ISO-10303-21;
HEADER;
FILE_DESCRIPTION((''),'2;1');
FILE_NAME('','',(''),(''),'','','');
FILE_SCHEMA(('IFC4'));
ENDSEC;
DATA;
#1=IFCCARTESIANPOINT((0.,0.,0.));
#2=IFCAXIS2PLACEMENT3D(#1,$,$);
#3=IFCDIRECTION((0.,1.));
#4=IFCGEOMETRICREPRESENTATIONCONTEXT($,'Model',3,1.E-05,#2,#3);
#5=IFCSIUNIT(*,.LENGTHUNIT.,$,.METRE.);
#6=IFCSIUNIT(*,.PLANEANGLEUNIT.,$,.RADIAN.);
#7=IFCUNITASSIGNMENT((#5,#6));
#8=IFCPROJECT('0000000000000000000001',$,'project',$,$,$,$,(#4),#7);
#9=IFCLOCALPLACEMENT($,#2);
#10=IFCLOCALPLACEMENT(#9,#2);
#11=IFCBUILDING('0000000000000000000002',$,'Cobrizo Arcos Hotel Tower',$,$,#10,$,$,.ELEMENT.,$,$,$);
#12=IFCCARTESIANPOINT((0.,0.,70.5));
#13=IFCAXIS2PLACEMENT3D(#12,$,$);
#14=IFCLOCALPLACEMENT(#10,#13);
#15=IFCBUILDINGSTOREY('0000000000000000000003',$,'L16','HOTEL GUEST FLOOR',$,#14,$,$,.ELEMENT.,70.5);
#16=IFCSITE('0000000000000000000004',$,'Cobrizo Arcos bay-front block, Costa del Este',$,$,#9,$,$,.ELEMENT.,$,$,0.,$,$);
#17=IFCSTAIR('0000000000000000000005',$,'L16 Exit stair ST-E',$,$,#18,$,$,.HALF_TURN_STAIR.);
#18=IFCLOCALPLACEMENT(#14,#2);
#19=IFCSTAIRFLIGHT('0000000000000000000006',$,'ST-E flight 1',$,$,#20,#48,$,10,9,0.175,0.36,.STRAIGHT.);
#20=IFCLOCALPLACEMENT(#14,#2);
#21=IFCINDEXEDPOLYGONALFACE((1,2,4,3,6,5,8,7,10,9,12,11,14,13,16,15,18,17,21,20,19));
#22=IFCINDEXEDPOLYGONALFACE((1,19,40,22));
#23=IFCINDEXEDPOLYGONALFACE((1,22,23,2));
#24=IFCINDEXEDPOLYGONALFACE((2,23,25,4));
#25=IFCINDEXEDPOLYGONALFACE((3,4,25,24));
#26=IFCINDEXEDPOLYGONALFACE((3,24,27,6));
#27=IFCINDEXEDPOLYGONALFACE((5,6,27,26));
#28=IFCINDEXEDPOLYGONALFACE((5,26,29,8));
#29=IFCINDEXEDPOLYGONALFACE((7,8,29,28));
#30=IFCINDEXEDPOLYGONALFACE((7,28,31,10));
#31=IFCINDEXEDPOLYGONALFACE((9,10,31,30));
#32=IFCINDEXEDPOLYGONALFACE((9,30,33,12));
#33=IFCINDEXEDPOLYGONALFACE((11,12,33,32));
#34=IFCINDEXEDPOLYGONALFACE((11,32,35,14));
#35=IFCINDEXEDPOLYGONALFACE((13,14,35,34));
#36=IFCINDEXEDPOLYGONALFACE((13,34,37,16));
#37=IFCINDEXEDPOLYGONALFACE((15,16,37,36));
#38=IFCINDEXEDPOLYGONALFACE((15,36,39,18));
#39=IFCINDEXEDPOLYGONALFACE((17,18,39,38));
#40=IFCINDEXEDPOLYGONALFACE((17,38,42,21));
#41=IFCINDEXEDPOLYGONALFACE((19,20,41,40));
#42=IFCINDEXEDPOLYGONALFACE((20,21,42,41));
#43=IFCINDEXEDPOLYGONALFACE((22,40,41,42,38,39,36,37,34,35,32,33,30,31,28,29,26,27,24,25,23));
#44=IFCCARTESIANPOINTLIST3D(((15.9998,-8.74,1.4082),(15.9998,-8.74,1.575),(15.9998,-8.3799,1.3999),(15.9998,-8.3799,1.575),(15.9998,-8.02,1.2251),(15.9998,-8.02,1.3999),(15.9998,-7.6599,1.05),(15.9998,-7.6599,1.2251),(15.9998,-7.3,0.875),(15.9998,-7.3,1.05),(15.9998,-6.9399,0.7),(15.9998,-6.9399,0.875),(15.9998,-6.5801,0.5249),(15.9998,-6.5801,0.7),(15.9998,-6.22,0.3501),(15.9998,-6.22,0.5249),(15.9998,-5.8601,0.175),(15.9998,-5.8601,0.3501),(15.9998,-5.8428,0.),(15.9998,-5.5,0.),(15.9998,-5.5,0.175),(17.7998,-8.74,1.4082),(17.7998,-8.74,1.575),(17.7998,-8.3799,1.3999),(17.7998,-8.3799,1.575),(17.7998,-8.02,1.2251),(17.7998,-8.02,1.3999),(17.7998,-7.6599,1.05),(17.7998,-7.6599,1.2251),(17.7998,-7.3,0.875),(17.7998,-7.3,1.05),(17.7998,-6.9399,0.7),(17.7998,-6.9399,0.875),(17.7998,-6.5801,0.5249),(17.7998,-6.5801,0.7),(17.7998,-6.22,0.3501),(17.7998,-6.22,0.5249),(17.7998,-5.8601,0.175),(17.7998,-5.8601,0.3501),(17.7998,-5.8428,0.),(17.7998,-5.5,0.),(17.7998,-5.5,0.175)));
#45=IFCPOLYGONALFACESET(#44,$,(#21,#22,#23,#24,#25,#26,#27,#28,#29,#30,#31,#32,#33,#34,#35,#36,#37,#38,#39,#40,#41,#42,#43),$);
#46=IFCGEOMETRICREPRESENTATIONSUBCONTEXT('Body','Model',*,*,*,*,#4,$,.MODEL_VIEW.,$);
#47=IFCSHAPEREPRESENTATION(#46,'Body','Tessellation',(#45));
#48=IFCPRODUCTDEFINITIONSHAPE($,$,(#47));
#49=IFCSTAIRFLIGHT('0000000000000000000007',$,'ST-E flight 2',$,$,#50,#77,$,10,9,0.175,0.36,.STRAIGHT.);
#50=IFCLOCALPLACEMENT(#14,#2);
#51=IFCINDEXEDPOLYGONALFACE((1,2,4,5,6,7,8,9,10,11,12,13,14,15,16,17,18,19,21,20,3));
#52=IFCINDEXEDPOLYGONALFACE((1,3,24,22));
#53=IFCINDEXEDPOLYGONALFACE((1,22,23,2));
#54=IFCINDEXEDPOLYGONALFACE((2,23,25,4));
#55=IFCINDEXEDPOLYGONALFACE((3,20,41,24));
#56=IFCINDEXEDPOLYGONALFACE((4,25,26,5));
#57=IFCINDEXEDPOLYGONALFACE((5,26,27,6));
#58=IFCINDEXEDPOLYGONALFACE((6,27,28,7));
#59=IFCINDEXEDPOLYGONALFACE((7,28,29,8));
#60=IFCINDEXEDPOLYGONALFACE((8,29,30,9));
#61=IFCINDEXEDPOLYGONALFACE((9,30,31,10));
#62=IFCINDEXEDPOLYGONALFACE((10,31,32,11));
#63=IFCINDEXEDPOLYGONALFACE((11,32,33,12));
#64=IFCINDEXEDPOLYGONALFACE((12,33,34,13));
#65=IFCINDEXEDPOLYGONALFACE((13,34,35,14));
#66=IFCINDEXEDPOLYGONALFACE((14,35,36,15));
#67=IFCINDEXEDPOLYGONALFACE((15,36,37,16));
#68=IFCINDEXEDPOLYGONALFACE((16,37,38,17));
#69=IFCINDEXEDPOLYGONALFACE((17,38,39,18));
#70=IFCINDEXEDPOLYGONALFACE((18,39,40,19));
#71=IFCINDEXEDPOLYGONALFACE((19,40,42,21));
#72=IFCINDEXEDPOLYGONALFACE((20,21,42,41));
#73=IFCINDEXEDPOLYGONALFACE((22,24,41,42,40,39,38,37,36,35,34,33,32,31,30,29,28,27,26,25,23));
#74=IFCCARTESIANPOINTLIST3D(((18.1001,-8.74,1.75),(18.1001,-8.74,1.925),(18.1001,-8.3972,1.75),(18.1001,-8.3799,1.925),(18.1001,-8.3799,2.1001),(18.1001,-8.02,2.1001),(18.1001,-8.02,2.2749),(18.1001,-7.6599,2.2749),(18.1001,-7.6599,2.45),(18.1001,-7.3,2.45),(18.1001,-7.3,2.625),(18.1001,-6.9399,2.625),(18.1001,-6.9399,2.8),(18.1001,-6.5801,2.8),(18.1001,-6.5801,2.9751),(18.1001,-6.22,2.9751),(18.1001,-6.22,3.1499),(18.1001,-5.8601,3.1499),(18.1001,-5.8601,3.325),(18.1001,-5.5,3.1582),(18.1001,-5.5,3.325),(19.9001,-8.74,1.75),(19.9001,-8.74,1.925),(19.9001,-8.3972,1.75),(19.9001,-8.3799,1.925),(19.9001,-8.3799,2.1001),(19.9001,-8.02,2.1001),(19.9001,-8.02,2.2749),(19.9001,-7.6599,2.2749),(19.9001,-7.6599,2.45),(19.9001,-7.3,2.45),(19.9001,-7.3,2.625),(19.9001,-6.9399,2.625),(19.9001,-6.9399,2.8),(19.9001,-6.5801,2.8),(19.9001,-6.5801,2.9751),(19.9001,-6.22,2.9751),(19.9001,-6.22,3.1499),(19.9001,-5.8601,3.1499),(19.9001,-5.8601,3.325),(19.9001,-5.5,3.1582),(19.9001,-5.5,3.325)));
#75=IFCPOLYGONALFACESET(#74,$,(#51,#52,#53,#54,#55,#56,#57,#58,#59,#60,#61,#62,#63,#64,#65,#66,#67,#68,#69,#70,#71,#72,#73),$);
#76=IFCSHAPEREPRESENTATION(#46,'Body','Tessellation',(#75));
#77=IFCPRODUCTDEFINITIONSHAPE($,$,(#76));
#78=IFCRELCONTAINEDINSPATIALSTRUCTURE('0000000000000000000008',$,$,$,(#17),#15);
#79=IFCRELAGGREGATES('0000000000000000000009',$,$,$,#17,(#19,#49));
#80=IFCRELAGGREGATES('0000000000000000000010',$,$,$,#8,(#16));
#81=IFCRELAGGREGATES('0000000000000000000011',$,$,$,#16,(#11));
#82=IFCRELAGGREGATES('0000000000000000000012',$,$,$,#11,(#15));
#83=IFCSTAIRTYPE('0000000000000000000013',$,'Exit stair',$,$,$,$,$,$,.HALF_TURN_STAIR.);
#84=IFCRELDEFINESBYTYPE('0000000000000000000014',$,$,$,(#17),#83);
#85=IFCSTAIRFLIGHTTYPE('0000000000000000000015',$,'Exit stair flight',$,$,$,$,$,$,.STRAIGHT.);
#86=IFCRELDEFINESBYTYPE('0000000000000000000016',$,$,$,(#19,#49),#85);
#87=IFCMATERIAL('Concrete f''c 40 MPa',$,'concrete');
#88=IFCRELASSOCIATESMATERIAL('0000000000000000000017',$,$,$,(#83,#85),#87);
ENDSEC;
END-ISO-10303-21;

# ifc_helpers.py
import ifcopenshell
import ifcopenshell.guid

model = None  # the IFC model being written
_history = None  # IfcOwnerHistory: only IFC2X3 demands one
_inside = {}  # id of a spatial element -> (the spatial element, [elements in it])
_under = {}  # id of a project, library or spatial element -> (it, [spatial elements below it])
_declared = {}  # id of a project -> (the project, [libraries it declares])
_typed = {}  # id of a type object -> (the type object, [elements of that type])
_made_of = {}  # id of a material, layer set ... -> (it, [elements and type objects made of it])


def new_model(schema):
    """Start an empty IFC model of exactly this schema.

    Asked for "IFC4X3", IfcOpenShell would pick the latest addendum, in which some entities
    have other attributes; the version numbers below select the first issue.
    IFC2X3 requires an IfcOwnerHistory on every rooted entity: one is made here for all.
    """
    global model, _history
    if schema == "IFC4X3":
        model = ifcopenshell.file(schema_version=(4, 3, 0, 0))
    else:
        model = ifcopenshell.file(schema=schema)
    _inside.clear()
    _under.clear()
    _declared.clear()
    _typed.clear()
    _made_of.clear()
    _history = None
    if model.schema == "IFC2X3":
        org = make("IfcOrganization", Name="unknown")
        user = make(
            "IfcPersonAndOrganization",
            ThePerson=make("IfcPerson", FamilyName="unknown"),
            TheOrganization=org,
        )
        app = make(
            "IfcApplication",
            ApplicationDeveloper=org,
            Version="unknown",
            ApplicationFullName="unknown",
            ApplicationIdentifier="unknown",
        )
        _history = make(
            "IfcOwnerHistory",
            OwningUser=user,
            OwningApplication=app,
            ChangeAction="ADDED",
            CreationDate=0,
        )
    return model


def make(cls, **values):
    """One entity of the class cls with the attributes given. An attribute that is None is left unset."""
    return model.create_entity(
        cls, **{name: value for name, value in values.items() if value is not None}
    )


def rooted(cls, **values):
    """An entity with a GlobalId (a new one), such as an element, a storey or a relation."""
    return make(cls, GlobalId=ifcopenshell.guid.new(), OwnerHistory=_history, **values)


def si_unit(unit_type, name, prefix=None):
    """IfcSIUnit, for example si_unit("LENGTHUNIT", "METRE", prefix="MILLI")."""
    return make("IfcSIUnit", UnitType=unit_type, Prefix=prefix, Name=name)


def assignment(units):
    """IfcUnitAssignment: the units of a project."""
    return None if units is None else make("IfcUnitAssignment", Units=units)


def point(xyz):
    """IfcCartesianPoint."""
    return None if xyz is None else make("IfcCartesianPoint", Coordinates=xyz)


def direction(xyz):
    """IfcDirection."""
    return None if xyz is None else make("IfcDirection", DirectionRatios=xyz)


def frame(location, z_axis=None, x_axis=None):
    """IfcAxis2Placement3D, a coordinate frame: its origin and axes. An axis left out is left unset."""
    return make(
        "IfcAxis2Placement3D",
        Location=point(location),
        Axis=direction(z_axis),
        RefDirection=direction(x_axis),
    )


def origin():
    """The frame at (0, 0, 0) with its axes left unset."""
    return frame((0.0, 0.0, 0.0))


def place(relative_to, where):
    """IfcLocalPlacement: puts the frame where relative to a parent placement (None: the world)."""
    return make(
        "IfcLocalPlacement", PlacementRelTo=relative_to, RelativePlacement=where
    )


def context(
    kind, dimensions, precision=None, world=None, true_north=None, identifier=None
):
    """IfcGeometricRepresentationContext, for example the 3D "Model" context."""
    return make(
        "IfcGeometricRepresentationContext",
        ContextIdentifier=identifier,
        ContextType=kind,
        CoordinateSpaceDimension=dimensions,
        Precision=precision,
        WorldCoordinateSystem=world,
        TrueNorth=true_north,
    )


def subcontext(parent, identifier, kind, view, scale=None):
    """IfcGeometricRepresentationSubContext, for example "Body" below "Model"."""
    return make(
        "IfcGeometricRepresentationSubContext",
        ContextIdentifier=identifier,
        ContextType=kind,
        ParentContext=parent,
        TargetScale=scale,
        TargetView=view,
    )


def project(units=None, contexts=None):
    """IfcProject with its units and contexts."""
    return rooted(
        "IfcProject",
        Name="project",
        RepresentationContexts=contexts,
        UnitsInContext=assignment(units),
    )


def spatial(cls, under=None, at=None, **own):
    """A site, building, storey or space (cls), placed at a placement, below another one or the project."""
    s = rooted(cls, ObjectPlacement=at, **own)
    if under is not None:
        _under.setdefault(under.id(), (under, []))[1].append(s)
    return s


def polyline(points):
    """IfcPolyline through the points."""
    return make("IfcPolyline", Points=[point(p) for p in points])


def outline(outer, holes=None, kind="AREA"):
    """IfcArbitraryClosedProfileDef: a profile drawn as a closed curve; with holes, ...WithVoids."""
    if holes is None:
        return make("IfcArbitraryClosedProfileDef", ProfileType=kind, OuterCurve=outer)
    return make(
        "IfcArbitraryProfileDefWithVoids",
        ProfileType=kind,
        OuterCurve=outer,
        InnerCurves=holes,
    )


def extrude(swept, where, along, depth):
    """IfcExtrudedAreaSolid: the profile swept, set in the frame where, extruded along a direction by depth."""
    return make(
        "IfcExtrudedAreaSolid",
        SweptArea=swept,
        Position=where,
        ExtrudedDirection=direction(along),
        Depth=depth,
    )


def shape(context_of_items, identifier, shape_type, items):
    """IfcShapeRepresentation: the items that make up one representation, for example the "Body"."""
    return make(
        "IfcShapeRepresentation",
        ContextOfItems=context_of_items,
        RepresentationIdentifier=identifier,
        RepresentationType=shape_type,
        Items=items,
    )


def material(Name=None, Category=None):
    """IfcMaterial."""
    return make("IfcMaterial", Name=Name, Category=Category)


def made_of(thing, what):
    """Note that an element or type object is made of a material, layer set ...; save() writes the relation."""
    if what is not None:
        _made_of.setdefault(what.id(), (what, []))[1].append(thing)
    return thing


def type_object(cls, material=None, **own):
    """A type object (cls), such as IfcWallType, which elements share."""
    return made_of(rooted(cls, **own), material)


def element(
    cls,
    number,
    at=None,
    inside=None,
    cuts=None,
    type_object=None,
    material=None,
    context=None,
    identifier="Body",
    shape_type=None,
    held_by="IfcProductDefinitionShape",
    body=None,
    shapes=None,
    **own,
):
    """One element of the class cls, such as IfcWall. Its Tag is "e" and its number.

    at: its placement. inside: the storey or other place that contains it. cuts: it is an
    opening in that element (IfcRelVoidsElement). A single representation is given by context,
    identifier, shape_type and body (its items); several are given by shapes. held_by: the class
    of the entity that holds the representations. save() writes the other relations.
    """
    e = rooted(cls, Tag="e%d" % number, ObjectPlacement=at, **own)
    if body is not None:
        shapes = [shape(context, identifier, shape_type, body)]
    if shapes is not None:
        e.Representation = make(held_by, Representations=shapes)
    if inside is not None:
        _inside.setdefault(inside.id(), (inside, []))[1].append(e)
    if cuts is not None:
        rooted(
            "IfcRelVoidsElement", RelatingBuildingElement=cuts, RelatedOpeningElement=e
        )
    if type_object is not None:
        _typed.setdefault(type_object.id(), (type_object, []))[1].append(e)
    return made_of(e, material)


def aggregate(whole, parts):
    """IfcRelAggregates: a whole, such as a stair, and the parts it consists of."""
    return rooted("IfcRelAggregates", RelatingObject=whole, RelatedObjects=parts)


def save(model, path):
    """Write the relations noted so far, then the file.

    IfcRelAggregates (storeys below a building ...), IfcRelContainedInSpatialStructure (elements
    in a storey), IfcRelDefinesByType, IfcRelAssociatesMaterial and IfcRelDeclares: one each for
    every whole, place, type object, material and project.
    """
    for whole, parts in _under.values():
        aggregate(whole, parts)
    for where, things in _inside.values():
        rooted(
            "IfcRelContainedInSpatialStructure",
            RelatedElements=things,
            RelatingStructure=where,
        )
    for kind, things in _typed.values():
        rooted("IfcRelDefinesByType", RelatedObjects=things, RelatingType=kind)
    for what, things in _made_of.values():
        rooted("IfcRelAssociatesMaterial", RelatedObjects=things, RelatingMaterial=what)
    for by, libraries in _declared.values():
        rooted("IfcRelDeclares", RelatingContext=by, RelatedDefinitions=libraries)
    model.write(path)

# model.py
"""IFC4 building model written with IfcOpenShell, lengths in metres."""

from ifc_helpers import new_model, si_unit, direction, frame, origin, place, context, subcontext, project, spatial, polyline, outline, extrude, material, type_object, element, aggregate, save


model = new_model("IFC4")

# Units and contexts
model_context = context("Model", 3, precision=1e-05, world=origin(), true_north=direction((0.0, 1.0)))
body_context = subcontext(model_context, "Body", "Model", "MODEL_VIEW")
ifc_project = project(units=[si_unit("LENGTHUNIT", "METRE"), si_unit("PLANEANGLEUNIT", "RADIAN")], contexts=[model_context])

# Site, building, storey
site_placement = place(None, origin())
site = spatial("IfcSite", under=ifc_project, at=site_placement, Name="Cobrizo Arcos bay-front block, Costa del Este", CompositionType="ELEMENT", RefElevation=0.0)
building_placement = place(site_placement, origin())
building = spatial("IfcBuilding", under=site, at=building_placement, Name="Cobrizo Arcos Hotel Tower", CompositionType="ELEMENT")
storey_placement = place(building_placement, frame((0.0, 0.0, 70.5)))
storey = spatial("IfcBuildingStorey", under=building, at=storey_placement, Name="L16", Description="HOTEL GUEST FLOOR", CompositionType="ELEMENT", Elevation=70.5)

# Shared definitions
ifc_material_1 = material(Name="Concrete f'c 40 MPa", Category="concrete")

# Stair, stair flights
stair_type = type_object("IfcStairType", Name="Exit stair", PredefinedType="HALF_TURN_STAIR", material=ifc_material_1)
stair_placement = place(storey_placement, origin())
stair = element("IfcStair", 1, at=stair_placement, inside=storey, type_object=stair_type, Name="L16 Exit stair ST-E", PredefinedType="HALF_TURN_STAIR")
stair_flight_type = type_object("IfcStairFlightType", Name="Exit stair flight", PredefinedType="STRAIGHT", material=ifc_material_1)
stair_flight_1_placement = place(storey_placement, frame((16.8999, -5.5, 0.0), z_axis=(0.0, 0.0, 1.0), x_axis=(0.0, -1.0, 0.0)))
stair_flight_1 = element("IfcStairFlight", 2, at=stair_flight_1_placement, type_object=stair_flight_type, Name="ST-E flight 1", NumberOfRisers=10, NumberOfTreads=9, PredefinedType="STRAIGHT", RiserHeight=0.175, TreadLength=0.36, context=body_context, shape_type="SweptSolid", body=[
    extrude(outline(polyline([(0.0, 0.0), (0.0, 0.175), (0.3601, 0.175), (0.3601, 0.3501), (0.72, 0.3501), (0.72, 0.5249), (1.0801, 0.5249), (1.0801, 0.7), (1.4399, 0.7), (1.4399, 0.875), (1.8, 0.875), (1.8, 1.05), (2.1599, 1.05), (2.1599, 1.2251), (2.52, 1.2251), (2.52, 1.3999), (2.8799, 1.3999), (2.8799, 1.575), (3.24, 1.575), (3.24, 1.75), (3.24, 1.4082), (0.3428, 0.0), (0.0, 0.0)])), frame((0.0, 0.8999, 0.0), z_axis=(0.0, -1.0, 0.0), x_axis=(1.0, 0.0, 0.0)), (0.0, 0.0, 1.0), 1.8),
])
stair_flight_2_placement = place(storey_placement, frame((19.0, -8.74, 1.75), z_axis=(0.0, 0.0, 1.0), x_axis=(0.0, 1.0, 0.0)))
stair_flight_2 = element("IfcStairFlight", 3, at=stair_flight_2_placement, type_object=stair_flight_type, Name="ST-E flight 2", NumberOfRisers=10, NumberOfTreads=9, PredefinedType="STRAIGHT", RiserHeight=0.175, TreadLength=0.36, context=body_context, shape_type="SweptSolid", body=[
    extrude(outline(polyline([(0.0, 0.0), (0.0, 0.175), (0.3601, 0.175), (0.3601, 0.3501), (0.72, 0.3501), (0.72, 0.5249), (1.0801, 0.5249), (1.0801, 0.7), (1.4399, 0.7), (1.4399, 0.875), (1.8, 0.875), (1.8, 1.05), (2.1599, 1.05), (2.1599, 1.2251), (2.52, 1.2251), (2.52, 1.3999), (2.8799, 1.3999), (2.8799, 1.575), (3.24, 1.575), (3.24, 1.75), (3.24, 1.4082), (0.3428, 0.0), (0.0, 0.0)])), frame((0.0, 0.8999, 0.0), z_axis=(0.0, -1.0, 0.0), x_axis=(1.0, 0.0, 0.0)), (0.0, 0.0, 1.0), 1.8),
])
aggregate(stair, [stair_flight_1, stair_flight_2])

save(model, "model.ifc")
